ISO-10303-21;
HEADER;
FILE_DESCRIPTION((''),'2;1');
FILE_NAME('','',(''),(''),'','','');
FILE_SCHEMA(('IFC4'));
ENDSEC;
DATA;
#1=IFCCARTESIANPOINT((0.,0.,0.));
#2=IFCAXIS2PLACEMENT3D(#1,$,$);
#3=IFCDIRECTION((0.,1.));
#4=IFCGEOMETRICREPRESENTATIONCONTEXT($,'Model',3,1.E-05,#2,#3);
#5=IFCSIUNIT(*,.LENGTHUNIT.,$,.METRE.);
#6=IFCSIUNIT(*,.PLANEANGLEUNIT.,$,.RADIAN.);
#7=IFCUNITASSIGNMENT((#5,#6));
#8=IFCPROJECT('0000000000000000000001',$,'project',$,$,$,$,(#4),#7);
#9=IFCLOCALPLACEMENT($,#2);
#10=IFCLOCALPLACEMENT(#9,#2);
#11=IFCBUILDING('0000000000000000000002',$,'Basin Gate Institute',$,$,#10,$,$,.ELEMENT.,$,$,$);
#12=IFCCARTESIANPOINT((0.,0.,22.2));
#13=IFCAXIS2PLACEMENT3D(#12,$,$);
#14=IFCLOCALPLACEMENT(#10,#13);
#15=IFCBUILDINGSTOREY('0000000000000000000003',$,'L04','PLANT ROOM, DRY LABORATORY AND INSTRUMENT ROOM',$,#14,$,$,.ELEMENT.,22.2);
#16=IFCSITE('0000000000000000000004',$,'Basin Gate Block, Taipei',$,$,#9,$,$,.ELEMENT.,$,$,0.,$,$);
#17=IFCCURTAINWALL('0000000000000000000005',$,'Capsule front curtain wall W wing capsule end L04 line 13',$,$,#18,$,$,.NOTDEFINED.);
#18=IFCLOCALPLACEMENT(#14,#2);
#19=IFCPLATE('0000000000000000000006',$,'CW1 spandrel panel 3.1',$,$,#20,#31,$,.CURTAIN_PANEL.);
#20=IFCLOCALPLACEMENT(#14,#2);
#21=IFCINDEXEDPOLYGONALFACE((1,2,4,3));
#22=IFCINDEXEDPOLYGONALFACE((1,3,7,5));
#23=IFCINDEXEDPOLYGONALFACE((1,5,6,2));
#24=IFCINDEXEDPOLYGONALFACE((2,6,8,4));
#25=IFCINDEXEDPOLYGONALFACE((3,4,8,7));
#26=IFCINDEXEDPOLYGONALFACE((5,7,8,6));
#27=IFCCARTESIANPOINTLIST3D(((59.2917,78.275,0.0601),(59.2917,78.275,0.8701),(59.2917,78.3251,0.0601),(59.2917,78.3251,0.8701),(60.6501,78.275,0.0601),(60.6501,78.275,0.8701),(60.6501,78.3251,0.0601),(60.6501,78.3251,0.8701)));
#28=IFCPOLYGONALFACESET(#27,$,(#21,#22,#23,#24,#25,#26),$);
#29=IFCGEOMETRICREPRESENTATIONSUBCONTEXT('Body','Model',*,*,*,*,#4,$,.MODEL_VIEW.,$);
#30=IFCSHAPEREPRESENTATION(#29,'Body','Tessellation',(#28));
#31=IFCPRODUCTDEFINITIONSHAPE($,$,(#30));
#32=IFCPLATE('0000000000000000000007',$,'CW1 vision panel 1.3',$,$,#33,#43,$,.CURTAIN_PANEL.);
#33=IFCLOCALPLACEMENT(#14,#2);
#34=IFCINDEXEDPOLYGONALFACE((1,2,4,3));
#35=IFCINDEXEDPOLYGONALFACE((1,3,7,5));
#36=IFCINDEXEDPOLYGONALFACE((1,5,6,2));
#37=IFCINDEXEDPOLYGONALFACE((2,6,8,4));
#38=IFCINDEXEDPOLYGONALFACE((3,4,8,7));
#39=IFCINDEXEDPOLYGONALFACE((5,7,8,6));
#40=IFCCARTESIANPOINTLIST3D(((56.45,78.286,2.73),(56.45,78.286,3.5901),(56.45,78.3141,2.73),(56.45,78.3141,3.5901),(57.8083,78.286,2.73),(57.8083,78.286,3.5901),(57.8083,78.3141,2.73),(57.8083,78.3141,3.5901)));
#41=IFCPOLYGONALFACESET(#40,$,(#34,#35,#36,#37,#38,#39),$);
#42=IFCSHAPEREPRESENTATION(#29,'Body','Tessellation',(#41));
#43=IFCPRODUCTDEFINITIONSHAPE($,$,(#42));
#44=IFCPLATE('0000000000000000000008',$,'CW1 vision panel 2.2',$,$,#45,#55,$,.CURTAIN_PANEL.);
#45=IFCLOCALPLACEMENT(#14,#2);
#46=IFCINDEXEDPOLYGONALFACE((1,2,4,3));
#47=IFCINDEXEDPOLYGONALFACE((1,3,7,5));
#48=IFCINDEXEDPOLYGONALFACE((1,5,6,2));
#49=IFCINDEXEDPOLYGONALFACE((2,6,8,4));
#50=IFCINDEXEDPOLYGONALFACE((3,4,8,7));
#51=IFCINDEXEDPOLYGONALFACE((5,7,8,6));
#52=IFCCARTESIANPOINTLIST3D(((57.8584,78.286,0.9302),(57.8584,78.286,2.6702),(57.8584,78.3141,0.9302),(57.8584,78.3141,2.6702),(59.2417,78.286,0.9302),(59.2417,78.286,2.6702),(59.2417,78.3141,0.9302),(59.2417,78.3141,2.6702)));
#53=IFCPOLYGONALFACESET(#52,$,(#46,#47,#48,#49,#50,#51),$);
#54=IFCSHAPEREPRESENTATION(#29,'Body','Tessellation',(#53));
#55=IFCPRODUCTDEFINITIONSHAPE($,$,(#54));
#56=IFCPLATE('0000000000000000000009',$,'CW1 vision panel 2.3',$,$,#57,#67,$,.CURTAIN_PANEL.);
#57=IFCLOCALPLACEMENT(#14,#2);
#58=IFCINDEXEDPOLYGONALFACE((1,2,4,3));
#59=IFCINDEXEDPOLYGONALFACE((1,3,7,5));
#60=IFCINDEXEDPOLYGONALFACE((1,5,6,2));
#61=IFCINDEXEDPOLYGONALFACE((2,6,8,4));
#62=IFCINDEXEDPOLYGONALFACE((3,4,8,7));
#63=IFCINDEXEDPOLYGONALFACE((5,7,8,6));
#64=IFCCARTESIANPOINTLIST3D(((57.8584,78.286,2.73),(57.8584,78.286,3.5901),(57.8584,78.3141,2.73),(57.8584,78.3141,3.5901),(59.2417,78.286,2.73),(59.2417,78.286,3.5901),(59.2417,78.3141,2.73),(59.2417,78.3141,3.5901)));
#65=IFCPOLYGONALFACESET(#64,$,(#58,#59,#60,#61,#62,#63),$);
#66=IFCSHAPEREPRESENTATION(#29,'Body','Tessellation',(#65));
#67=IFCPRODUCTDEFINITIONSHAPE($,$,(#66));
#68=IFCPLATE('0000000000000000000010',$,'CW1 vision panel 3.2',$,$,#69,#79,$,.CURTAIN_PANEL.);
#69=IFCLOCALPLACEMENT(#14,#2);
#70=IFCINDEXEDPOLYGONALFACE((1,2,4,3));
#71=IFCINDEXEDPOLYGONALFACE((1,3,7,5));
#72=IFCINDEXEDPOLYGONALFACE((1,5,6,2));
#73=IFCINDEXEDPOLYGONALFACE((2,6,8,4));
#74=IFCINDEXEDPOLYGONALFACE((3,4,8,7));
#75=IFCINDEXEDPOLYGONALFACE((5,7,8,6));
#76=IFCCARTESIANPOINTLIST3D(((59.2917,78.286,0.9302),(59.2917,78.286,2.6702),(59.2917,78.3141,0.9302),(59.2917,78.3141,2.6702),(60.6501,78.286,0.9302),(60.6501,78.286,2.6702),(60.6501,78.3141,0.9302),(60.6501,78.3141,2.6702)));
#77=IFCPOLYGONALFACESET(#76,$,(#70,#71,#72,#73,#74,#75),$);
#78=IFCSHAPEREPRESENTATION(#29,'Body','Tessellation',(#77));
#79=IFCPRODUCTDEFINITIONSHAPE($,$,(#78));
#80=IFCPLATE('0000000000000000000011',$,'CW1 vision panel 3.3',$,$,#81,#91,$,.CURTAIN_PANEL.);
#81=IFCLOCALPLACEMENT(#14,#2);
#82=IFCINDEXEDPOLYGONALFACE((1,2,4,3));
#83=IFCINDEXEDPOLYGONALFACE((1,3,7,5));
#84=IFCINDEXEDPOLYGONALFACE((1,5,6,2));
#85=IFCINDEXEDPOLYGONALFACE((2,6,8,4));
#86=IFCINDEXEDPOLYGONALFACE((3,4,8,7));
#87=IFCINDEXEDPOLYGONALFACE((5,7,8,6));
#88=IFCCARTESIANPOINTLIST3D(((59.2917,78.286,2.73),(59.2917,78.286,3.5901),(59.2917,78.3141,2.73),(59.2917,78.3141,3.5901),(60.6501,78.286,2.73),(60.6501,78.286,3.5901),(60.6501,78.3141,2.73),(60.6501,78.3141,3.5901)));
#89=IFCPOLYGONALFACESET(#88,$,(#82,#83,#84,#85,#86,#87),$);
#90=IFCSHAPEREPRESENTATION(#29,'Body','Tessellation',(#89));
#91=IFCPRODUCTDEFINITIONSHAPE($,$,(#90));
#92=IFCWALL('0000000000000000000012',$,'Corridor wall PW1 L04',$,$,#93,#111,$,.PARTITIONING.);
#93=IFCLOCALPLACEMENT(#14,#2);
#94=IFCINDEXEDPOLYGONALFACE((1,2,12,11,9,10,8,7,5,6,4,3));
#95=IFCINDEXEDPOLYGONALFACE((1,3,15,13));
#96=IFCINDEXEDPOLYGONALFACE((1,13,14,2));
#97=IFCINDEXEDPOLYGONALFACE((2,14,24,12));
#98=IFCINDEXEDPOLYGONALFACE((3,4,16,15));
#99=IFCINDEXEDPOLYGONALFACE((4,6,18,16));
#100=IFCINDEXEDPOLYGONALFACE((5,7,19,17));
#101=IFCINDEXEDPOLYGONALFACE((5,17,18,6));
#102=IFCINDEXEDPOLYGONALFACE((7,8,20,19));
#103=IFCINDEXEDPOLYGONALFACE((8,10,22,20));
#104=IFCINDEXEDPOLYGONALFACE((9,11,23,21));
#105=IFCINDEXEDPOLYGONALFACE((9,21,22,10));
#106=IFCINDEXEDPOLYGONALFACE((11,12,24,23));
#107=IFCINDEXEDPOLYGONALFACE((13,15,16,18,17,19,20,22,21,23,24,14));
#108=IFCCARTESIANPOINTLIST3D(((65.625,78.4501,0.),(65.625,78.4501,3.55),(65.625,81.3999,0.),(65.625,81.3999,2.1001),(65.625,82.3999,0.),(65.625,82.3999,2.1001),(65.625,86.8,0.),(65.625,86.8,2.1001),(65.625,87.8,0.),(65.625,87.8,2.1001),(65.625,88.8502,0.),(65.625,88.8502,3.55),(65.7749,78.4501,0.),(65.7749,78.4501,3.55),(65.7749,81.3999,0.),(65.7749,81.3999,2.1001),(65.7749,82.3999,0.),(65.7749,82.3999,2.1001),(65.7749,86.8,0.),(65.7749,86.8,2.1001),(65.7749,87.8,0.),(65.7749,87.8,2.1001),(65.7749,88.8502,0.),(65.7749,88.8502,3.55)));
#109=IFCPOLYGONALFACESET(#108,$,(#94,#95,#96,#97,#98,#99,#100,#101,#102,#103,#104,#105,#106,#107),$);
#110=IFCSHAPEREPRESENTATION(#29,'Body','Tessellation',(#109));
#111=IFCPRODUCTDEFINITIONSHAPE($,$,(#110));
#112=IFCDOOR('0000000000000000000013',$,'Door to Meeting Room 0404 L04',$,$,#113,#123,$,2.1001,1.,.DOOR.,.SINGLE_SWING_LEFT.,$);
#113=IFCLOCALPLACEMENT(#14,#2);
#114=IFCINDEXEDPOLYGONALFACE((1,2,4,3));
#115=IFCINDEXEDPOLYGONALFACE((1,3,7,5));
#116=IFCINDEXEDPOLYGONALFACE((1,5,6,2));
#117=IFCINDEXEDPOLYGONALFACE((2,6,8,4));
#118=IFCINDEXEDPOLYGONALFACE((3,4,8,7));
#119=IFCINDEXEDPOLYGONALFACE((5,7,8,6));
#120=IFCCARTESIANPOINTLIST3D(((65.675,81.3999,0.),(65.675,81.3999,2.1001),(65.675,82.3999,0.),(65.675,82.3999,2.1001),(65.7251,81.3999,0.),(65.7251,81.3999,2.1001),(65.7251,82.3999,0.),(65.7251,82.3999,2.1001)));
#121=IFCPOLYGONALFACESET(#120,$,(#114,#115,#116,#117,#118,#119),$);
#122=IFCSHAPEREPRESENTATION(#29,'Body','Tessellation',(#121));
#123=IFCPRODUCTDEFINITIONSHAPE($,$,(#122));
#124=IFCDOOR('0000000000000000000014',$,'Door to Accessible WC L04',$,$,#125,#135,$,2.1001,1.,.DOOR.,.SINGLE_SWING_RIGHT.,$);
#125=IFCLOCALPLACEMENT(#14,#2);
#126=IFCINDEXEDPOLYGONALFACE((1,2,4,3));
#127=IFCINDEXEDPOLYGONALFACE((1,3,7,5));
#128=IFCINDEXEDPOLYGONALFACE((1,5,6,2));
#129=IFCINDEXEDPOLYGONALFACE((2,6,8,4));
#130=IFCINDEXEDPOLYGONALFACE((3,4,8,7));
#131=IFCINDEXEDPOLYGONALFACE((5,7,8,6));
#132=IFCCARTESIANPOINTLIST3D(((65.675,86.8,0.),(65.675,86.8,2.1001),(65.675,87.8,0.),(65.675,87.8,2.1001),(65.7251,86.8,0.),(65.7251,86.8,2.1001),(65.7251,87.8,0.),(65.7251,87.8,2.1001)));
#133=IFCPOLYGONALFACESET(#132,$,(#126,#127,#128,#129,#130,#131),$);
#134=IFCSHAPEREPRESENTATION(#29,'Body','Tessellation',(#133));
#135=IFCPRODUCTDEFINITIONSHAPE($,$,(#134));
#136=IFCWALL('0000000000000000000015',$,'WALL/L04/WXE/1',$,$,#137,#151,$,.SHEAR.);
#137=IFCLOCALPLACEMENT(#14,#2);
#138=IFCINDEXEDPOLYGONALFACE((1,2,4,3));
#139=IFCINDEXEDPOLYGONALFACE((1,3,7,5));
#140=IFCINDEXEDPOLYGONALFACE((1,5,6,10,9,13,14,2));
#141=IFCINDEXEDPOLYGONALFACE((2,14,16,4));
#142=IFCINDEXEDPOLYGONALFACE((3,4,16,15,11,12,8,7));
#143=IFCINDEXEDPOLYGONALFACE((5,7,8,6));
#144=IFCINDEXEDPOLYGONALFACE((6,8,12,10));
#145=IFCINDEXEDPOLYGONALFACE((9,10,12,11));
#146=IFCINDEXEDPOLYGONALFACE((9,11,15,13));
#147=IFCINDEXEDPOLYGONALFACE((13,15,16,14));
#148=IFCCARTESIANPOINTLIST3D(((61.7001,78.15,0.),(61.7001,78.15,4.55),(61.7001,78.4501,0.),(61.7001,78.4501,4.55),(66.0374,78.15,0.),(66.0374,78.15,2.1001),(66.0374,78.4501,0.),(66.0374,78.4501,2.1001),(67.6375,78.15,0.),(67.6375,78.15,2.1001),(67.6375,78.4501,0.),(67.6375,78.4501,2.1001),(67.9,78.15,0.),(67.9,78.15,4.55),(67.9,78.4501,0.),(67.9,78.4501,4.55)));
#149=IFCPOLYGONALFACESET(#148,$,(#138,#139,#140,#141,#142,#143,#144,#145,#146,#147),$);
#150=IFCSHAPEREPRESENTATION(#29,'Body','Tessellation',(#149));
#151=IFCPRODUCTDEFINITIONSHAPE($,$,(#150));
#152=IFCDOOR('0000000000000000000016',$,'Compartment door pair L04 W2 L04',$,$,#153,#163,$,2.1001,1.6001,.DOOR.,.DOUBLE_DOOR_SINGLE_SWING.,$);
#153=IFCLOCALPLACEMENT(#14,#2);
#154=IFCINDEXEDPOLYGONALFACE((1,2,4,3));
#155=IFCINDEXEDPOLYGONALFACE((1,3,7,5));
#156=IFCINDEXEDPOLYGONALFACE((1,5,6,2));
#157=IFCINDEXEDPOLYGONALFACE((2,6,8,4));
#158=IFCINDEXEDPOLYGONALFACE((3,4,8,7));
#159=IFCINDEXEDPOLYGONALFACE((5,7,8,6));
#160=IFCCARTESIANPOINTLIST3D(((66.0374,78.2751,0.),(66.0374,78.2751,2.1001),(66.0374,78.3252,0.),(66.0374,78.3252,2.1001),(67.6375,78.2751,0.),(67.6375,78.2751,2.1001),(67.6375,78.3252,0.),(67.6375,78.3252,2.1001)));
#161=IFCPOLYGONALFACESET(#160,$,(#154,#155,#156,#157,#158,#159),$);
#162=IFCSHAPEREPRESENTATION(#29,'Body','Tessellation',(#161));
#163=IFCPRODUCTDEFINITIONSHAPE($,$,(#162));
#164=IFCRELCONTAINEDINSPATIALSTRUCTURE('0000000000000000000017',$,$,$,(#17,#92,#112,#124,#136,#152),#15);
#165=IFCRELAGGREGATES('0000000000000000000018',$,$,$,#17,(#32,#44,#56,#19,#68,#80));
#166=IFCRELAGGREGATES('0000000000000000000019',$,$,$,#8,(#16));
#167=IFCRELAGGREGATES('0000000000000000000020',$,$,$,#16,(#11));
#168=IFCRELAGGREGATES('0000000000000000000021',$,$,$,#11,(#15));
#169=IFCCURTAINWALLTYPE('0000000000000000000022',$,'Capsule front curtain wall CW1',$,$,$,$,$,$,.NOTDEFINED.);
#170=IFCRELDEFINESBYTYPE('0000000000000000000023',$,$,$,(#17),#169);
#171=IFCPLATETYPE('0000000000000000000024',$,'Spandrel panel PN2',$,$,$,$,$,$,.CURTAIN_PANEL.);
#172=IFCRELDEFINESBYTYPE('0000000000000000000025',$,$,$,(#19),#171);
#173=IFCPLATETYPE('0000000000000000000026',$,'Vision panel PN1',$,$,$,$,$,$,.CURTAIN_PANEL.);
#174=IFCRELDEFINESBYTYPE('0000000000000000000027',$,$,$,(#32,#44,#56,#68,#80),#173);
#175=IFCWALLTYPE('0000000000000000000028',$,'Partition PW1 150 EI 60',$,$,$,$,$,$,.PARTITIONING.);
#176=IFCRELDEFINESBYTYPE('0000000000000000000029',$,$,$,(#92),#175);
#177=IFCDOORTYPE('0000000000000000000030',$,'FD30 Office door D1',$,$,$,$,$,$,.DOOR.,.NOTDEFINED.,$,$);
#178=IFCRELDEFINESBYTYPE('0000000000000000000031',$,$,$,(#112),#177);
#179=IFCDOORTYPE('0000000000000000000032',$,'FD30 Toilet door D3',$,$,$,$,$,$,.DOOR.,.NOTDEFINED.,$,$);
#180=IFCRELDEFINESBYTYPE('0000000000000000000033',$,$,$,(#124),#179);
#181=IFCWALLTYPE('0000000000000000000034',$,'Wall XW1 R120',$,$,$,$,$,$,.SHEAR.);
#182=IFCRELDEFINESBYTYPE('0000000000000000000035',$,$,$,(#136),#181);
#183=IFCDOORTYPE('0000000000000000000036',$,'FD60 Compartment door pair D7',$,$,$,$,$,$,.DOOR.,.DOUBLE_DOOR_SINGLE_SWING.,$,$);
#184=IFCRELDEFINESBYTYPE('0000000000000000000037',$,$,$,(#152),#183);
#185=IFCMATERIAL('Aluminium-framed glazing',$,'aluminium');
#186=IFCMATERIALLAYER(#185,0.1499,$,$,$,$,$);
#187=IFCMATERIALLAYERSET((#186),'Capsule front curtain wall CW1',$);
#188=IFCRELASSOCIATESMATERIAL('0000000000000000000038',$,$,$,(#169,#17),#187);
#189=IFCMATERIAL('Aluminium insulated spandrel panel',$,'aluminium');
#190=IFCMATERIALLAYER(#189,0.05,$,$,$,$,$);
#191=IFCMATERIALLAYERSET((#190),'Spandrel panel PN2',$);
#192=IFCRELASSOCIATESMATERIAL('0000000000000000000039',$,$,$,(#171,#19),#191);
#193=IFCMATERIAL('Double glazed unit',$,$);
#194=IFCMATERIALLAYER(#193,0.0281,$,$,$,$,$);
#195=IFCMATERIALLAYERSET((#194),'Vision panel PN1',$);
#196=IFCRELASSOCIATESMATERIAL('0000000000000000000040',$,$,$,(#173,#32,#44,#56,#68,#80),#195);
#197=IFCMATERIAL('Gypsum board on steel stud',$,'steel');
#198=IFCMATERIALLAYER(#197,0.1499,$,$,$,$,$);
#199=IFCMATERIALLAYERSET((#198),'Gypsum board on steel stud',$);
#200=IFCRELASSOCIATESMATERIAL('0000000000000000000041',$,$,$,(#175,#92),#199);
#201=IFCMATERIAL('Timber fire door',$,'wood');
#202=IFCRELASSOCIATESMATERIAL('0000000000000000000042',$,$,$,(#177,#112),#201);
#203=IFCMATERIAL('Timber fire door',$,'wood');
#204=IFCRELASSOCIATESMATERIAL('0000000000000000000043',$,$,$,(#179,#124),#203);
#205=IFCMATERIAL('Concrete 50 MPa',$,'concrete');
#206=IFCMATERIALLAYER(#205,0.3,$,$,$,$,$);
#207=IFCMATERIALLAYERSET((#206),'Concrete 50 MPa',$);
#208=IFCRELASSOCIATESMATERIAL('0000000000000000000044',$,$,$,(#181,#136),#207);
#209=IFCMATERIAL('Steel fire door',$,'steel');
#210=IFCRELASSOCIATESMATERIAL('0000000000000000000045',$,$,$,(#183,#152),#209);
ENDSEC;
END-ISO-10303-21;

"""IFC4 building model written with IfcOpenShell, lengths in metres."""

from ifc_helpers import new_model, si_unit, direction, frame, frame_2d, origin, origin_2d, place, context, subcontext, project, spatial, rectangle, extrude, material, layer, layer_set, type_object, element, fill, aggregate, save


model = new_model("IFC4")

# Units and contexts
model_context = context("Model", 3, precision=1e-05, world=origin(), true_north=direction((0.0, 1.0)))
body_context = subcontext(model_context, "Body", "Model", "MODEL_VIEW")
ifc_project = project(units=[si_unit("LENGTHUNIT", "METRE"), si_unit("PLANEANGLEUNIT", "RADIAN")], contexts=[model_context])

# Site, building, storey
site_placement = place(None, origin())
site = spatial("IfcSite", under=ifc_project, at=site_placement, Name="Basin Gate Block, Taipei", CompositionType="ELEMENT", RefElevation=0.0)
building_placement = place(site_placement, origin())
building = spatial("IfcBuilding", under=site, at=building_placement, Name="Basin Gate Institute", CompositionType="ELEMENT")
storey_placement = place(building_placement, frame((0.0, 0.0, 22.2)))
storey = spatial("IfcBuildingStorey", under=building, at=storey_placement, Name="L04", Description="PLANT ROOM, DRY LABORATORY AND INSTRUMENT ROOM", CompositionType="ELEMENT", Elevation=22.2)

# Curtain wall, plates
ifc_material_1 = material(Name="Aluminium-framed glazing", Category="aluminium")
ifc_layer_1 = layer(ifc_material_1, 0.1499)
ifc_layer_set_1 = layer_set([ifc_layer_1], Name="Capsule front curtain wall CW1")
curtain_wall_type = type_object("IfcCurtainWallType", Name="Capsule front curtain wall CW1", PredefinedType="NOTDEFINED", material=ifc_layer_set_1)
curtain_wall_placement = place(storey_placement, origin())
curtain_wall = element("IfcCurtainWall", 1, at=curtain_wall_placement, inside=storey, type_object=curtain_wall_type, material=ifc_layer_set_1, Name="Capsule front curtain wall W wing capsule end L04 line 13", PredefinedType="NOTDEFINED")
ifc_material_2 = material(Name="Aluminium insulated spandrel panel", Category="aluminium")
ifc_layer_2 = layer(ifc_material_2, 0.05)
ifc_layer_set_2 = layer_set([ifc_layer_2], Name="Spandrel panel PN2")
plate_type_1 = type_object("IfcPlateType", Name="Spandrel panel PN2", PredefinedType="CURTAIN_PANEL", material=ifc_layer_set_2)
plate_1_placement = place(storey_placement, frame((59.9709, 78.3, 0.0601), z_axis=(0.0, 0.0, 1.0), x_axis=(1.0, 0.0, 0.0)))
plate_1 = element("IfcPlate", 2, at=plate_1_placement, type_object=plate_type_1, material=ifc_layer_set_2, Name="CW1 spandrel panel 3.1", PredefinedType="CURTAIN_PANEL", context=body_context, shape_type="SweptSolid", body=[
    extrude(rectangle(XDim=1.3584, YDim=0.05, at=origin_2d()), origin(), (0.0, 0.0, 1.0), 0.8101),
])
ifc_material_3 = material(Name="Double glazed unit")
ifc_layer_3 = layer(ifc_material_3, 0.0281)
ifc_layer_set_3 = layer_set([ifc_layer_3], Name="Vision panel PN1")
plate_type_2 = type_object("IfcPlateType", Name="Vision panel PN1", PredefinedType="CURTAIN_PANEL", material=ifc_layer_set_3)
plate_2_placement = place(storey_placement, frame((57.1292, 78.3, 2.73), z_axis=(0.0, 0.0, 1.0), x_axis=(1.0, 0.0, 0.0)))
plate_2 = element("IfcPlate", 3, at=plate_2_placement, type_object=plate_type_2, material=ifc_layer_set_3, Name="CW1 vision panel 1.3", PredefinedType="CURTAIN_PANEL", context=body_context, shape_type="SweptSolid", body=[
    extrude(rectangle(XDim=1.3584, YDim=0.0281, at=origin_2d()), origin(), (0.0, 0.0, 1.0), 0.8601),
])
plate_3_placement = place(storey_placement, frame((58.55, 78.3, 0.9302), z_axis=(0.0, 0.0, 1.0), x_axis=(1.0, 0.0, 0.0)))
plate_3 = element("IfcPlate", 4, at=plate_3_placement, type_object=plate_type_2, material=ifc_layer_set_3, Name="CW1 vision panel 2.2", PredefinedType="CURTAIN_PANEL", context=body_context, shape_type="SweptSolid", body=[
    extrude(rectangle(XDim=1.3833, YDim=0.0281, at=origin_2d()), origin(), (0.0, 0.0, 1.0), 1.74),
])
plate_4_placement = place(storey_placement, frame((58.55, 78.3, 2.73), z_axis=(0.0, 0.0, 1.0), x_axis=(1.0, 0.0, 0.0)))
plate_4 = element("IfcPlate", 5, at=plate_4_placement, type_object=plate_type_2, material=ifc_layer_set_3, Name="CW1 vision panel 2.3", PredefinedType="CURTAIN_PANEL", context=body_context, shape_type="SweptSolid", body=[
    extrude(rectangle(XDim=1.3833, YDim=0.0281, at=origin_2d()), origin(), (0.0, 0.0, 1.0), 0.8601),
])
plate_5_placement = place(storey_placement, frame((59.9709, 78.3, 0.9302), z_axis=(0.0, 0.0, 1.0), x_axis=(1.0, 0.0, 0.0)))
plate_5 = element("IfcPlate", 6, at=plate_5_placement, type_object=plate_type_2, material=ifc_layer_set_3, Name="CW1 vision panel 3.2", PredefinedType="CURTAIN_PANEL", context=body_context, shape_type="SweptSolid", body=[
    extrude(rectangle(XDim=1.3584, YDim=0.0281, at=origin_2d()), origin(), (0.0, 0.0, 1.0), 1.74),
])
plate_6_placement = place(storey_placement, frame((59.9709, 78.3, 2.73), z_axis=(0.0, 0.0, 1.0), x_axis=(1.0, 0.0, 0.0)))
plate_6 = element("IfcPlate", 7, at=plate_6_placement, type_object=plate_type_2, material=ifc_layer_set_3, Name="CW1 vision panel 3.3", PredefinedType="CURTAIN_PANEL", context=body_context, shape_type="SweptSolid", body=[
    extrude(rectangle(XDim=1.3584, YDim=0.0281, at=origin_2d()), origin(), (0.0, 0.0, 1.0), 0.8601),
])
aggregate(curtain_wall, [plate_2, plate_3, plate_4, plate_1, plate_5, plate_6])

# Wall, openings, doors
ifc_material_4 = material(Name="Gypsum board on steel stud", Category="steel")
ifc_layer_4 = layer(ifc_material_4, 0.1499)
ifc_layer_set_4 = layer_set([ifc_layer_4], Name="Gypsum board on steel stud")
wall_type_1 = type_object("IfcWallType", Name="Partition PW1 150 EI 60", PredefinedType="PARTITIONING", material=ifc_layer_set_4)
wall_1_placement = place(storey_placement, frame((65.7, 78.45, 0.0), z_axis=(0.0, 0.0, 1.0), x_axis=(0.0, 1.0, 0.0)))
wall_1 = element("IfcWall", 8, at=wall_1_placement, inside=storey, type_object=wall_type_1, material=ifc_layer_set_4, Name="Corridor wall PW1 L04", PredefinedType="PARTITIONING", context=body_context, shape_type="SweptSolid", body=[
    extrude(rectangle(XDim=10.4001, YDim=0.1499, at=frame_2d((5.2002, 0.0))), origin(), (0.0, 0.0, 1.0), 3.55),
])
opening_1_placement = place(wall_1_placement, frame((8.3501, 0.0, 0.0)))
opening_1 = element("IfcOpeningElement", 9, at=opening_1_placement, cuts=wall_1, PredefinedType="OPENING", context=body_context, shape_type="SweptSolid", body=[
    extrude(rectangle(XDim=1.0, YDim=2.1001, at=frame_2d((0.5, 1.05))), frame((0.0, 0.085, 0.0), z_axis=(0.0, -1.0, 0.0), x_axis=(1.0, 0.0, 0.0)), (0.0, 0.0, 1.0), 0.1699),
])
opening_2_placement = place(wall_1_placement, frame((2.95, 0.0, 0.0)))
opening_2 = element("IfcOpeningElement", 10, at=opening_2_placement, cuts=wall_1, PredefinedType="OPENING", context=body_context, shape_type="SweptSolid", body=[
    extrude(rectangle(XDim=1.0, YDim=2.1001, at=frame_2d((0.5, 1.05))), frame((0.0, 0.085, 0.0), z_axis=(0.0, -1.0, 0.0), x_axis=(1.0, 0.0, 0.0)), (0.0, 0.0, 1.0), 0.1699),
])
ifc_material_5 = material(Name="Timber fire door", Category="wood")
door_type_1 = type_object("IfcDoorType", Name="FD30 Office door D1", OperationType="NOTDEFINED", PredefinedType="DOOR", material=ifc_material_5)
door_1_placement = place(opening_2_placement, origin())
door_1 = element("IfcDoor", 11, at=door_1_placement, inside=storey, type_object=door_type_1, material=ifc_material_5, Name="Door to Meeting Room 0404 L04", OperationType="SINGLE_SWING_LEFT", OverallHeight=2.1001, OverallWidth=1.0, PredefinedType="DOOR", context=body_context, shape_type="SweptSolid", body=[
    extrude(rectangle(XDim=1.0, YDim=2.1001, at=frame_2d((0.5, 1.05))), frame((0.0, 0.0249, 0.0), z_axis=(0.0, -1.0, 0.0), x_axis=(1.0, 0.0, 0.0)), (0.0, 0.0, 1.0), 0.05),
])
fill(opening_2, door_1)
ifc_material_6 = material(Name="Timber fire door", Category="wood")
door_type_2 = type_object("IfcDoorType", Name="FD30 Toilet door D3", OperationType="NOTDEFINED", PredefinedType="DOOR", material=ifc_material_6)
door_2_placement = place(opening_1_placement, origin())
door_2 = element("IfcDoor", 12, at=door_2_placement, inside=storey, type_object=door_type_2, material=ifc_material_6, Name="Door to Accessible WC L04", OperationType="SINGLE_SWING_RIGHT", OverallHeight=2.1001, OverallWidth=1.0, PredefinedType="DOOR", context=body_context, shape_type="SweptSolid", body=[
    extrude(rectangle(XDim=1.0, YDim=2.1001, at=frame_2d((0.5, 1.05))), frame((0.0, 0.0249, 0.0), z_axis=(0.0, -1.0, 0.0), x_axis=(1.0, 0.0, 0.0)), (0.0, 0.0, 1.0), 0.05),
])
fill(opening_1, door_2)

# Wall, opening, door
ifc_material_7 = material(Name="Concrete 50 MPa", Category="concrete")
ifc_layer_5 = layer(ifc_material_7, 0.3)
ifc_layer_set_5 = layer_set([ifc_layer_5], Name="Concrete 50 MPa")
wall_type_2 = type_object("IfcWallType", Name="Wall XW1 R120", PredefinedType="SHEAR", material=ifc_layer_set_5)
wall_2_placement = place(storey_placement, frame((61.7, 78.3, 0.0), z_axis=(0.0, 0.0, 1.0), x_axis=(1.0, 0.0, 0.0)))
wall_2 = element("IfcWall", 13, at=wall_2_placement, inside=storey, type_object=wall_type_2, material=ifc_layer_set_5, Name="WALL/L04/WXE/1", PredefinedType="SHEAR", context=body_context, shape_type="SweptSolid", body=[
    extrude(rectangle(XDim=6.2, YDim=0.3, at=frame_2d((3.1001, 0.0))), origin(), (0.0, 0.0, 1.0), 4.55),
])
opening_3_placement = place(wall_2_placement, frame((4.3374, 0.0, 0.0)))
opening_3 = element("IfcOpeningElement", 14, at=opening_3_placement, cuts=wall_2, PredefinedType="OPENING", context=body_context, shape_type="SweptSolid", body=[
    extrude(rectangle(XDim=1.6001, YDim=2.1001, at=frame_2d((0.8, 1.05))), frame((0.0, 0.1602, 0.0), z_axis=(0.0, -1.0, 0.0), x_axis=(1.0, 0.0, 0.0)), (0.0, 0.0, 1.0), 0.3201),
])
ifc_material_8 = material(Name="Steel fire door", Category="steel")
door_type_3 = type_object("IfcDoorType", Name="FD60 Compartment door pair D7", OperationType="DOUBLE_DOOR_SINGLE_SWING", PredefinedType="DOOR", material=ifc_material_8)
door_3_placement = place(opening_3_placement, frame((1.6001, 0.0, 0.0), z_axis=(0.0, 0.0, 1.0), x_axis=(-1.0, 0.0, 0.0)))
door_3 = element("IfcDoor", 15, at=door_3_placement, inside=storey, type_object=door_type_3, material=ifc_material_8, Name="Compartment door pair L04 W2 L04", OperationType="DOUBLE_DOOR_SINGLE_SWING", OverallHeight=2.1001, OverallWidth=1.6001, PredefinedType="DOOR", context=body_context, shape_type="SweptSolid", body=[
    extrude(rectangle(XDim=1.6001, YDim=2.1001, at=frame_2d((0.8, 1.05))), frame((0.0, 0.0249, 0.0), z_axis=(0.0, -1.0, 0.0), x_axis=(1.0, 0.0, 0.0)), (0.0, 0.0, 1.0), 0.05),
])
fill(opening_3, door_3)

save(model, "model.ifc")
